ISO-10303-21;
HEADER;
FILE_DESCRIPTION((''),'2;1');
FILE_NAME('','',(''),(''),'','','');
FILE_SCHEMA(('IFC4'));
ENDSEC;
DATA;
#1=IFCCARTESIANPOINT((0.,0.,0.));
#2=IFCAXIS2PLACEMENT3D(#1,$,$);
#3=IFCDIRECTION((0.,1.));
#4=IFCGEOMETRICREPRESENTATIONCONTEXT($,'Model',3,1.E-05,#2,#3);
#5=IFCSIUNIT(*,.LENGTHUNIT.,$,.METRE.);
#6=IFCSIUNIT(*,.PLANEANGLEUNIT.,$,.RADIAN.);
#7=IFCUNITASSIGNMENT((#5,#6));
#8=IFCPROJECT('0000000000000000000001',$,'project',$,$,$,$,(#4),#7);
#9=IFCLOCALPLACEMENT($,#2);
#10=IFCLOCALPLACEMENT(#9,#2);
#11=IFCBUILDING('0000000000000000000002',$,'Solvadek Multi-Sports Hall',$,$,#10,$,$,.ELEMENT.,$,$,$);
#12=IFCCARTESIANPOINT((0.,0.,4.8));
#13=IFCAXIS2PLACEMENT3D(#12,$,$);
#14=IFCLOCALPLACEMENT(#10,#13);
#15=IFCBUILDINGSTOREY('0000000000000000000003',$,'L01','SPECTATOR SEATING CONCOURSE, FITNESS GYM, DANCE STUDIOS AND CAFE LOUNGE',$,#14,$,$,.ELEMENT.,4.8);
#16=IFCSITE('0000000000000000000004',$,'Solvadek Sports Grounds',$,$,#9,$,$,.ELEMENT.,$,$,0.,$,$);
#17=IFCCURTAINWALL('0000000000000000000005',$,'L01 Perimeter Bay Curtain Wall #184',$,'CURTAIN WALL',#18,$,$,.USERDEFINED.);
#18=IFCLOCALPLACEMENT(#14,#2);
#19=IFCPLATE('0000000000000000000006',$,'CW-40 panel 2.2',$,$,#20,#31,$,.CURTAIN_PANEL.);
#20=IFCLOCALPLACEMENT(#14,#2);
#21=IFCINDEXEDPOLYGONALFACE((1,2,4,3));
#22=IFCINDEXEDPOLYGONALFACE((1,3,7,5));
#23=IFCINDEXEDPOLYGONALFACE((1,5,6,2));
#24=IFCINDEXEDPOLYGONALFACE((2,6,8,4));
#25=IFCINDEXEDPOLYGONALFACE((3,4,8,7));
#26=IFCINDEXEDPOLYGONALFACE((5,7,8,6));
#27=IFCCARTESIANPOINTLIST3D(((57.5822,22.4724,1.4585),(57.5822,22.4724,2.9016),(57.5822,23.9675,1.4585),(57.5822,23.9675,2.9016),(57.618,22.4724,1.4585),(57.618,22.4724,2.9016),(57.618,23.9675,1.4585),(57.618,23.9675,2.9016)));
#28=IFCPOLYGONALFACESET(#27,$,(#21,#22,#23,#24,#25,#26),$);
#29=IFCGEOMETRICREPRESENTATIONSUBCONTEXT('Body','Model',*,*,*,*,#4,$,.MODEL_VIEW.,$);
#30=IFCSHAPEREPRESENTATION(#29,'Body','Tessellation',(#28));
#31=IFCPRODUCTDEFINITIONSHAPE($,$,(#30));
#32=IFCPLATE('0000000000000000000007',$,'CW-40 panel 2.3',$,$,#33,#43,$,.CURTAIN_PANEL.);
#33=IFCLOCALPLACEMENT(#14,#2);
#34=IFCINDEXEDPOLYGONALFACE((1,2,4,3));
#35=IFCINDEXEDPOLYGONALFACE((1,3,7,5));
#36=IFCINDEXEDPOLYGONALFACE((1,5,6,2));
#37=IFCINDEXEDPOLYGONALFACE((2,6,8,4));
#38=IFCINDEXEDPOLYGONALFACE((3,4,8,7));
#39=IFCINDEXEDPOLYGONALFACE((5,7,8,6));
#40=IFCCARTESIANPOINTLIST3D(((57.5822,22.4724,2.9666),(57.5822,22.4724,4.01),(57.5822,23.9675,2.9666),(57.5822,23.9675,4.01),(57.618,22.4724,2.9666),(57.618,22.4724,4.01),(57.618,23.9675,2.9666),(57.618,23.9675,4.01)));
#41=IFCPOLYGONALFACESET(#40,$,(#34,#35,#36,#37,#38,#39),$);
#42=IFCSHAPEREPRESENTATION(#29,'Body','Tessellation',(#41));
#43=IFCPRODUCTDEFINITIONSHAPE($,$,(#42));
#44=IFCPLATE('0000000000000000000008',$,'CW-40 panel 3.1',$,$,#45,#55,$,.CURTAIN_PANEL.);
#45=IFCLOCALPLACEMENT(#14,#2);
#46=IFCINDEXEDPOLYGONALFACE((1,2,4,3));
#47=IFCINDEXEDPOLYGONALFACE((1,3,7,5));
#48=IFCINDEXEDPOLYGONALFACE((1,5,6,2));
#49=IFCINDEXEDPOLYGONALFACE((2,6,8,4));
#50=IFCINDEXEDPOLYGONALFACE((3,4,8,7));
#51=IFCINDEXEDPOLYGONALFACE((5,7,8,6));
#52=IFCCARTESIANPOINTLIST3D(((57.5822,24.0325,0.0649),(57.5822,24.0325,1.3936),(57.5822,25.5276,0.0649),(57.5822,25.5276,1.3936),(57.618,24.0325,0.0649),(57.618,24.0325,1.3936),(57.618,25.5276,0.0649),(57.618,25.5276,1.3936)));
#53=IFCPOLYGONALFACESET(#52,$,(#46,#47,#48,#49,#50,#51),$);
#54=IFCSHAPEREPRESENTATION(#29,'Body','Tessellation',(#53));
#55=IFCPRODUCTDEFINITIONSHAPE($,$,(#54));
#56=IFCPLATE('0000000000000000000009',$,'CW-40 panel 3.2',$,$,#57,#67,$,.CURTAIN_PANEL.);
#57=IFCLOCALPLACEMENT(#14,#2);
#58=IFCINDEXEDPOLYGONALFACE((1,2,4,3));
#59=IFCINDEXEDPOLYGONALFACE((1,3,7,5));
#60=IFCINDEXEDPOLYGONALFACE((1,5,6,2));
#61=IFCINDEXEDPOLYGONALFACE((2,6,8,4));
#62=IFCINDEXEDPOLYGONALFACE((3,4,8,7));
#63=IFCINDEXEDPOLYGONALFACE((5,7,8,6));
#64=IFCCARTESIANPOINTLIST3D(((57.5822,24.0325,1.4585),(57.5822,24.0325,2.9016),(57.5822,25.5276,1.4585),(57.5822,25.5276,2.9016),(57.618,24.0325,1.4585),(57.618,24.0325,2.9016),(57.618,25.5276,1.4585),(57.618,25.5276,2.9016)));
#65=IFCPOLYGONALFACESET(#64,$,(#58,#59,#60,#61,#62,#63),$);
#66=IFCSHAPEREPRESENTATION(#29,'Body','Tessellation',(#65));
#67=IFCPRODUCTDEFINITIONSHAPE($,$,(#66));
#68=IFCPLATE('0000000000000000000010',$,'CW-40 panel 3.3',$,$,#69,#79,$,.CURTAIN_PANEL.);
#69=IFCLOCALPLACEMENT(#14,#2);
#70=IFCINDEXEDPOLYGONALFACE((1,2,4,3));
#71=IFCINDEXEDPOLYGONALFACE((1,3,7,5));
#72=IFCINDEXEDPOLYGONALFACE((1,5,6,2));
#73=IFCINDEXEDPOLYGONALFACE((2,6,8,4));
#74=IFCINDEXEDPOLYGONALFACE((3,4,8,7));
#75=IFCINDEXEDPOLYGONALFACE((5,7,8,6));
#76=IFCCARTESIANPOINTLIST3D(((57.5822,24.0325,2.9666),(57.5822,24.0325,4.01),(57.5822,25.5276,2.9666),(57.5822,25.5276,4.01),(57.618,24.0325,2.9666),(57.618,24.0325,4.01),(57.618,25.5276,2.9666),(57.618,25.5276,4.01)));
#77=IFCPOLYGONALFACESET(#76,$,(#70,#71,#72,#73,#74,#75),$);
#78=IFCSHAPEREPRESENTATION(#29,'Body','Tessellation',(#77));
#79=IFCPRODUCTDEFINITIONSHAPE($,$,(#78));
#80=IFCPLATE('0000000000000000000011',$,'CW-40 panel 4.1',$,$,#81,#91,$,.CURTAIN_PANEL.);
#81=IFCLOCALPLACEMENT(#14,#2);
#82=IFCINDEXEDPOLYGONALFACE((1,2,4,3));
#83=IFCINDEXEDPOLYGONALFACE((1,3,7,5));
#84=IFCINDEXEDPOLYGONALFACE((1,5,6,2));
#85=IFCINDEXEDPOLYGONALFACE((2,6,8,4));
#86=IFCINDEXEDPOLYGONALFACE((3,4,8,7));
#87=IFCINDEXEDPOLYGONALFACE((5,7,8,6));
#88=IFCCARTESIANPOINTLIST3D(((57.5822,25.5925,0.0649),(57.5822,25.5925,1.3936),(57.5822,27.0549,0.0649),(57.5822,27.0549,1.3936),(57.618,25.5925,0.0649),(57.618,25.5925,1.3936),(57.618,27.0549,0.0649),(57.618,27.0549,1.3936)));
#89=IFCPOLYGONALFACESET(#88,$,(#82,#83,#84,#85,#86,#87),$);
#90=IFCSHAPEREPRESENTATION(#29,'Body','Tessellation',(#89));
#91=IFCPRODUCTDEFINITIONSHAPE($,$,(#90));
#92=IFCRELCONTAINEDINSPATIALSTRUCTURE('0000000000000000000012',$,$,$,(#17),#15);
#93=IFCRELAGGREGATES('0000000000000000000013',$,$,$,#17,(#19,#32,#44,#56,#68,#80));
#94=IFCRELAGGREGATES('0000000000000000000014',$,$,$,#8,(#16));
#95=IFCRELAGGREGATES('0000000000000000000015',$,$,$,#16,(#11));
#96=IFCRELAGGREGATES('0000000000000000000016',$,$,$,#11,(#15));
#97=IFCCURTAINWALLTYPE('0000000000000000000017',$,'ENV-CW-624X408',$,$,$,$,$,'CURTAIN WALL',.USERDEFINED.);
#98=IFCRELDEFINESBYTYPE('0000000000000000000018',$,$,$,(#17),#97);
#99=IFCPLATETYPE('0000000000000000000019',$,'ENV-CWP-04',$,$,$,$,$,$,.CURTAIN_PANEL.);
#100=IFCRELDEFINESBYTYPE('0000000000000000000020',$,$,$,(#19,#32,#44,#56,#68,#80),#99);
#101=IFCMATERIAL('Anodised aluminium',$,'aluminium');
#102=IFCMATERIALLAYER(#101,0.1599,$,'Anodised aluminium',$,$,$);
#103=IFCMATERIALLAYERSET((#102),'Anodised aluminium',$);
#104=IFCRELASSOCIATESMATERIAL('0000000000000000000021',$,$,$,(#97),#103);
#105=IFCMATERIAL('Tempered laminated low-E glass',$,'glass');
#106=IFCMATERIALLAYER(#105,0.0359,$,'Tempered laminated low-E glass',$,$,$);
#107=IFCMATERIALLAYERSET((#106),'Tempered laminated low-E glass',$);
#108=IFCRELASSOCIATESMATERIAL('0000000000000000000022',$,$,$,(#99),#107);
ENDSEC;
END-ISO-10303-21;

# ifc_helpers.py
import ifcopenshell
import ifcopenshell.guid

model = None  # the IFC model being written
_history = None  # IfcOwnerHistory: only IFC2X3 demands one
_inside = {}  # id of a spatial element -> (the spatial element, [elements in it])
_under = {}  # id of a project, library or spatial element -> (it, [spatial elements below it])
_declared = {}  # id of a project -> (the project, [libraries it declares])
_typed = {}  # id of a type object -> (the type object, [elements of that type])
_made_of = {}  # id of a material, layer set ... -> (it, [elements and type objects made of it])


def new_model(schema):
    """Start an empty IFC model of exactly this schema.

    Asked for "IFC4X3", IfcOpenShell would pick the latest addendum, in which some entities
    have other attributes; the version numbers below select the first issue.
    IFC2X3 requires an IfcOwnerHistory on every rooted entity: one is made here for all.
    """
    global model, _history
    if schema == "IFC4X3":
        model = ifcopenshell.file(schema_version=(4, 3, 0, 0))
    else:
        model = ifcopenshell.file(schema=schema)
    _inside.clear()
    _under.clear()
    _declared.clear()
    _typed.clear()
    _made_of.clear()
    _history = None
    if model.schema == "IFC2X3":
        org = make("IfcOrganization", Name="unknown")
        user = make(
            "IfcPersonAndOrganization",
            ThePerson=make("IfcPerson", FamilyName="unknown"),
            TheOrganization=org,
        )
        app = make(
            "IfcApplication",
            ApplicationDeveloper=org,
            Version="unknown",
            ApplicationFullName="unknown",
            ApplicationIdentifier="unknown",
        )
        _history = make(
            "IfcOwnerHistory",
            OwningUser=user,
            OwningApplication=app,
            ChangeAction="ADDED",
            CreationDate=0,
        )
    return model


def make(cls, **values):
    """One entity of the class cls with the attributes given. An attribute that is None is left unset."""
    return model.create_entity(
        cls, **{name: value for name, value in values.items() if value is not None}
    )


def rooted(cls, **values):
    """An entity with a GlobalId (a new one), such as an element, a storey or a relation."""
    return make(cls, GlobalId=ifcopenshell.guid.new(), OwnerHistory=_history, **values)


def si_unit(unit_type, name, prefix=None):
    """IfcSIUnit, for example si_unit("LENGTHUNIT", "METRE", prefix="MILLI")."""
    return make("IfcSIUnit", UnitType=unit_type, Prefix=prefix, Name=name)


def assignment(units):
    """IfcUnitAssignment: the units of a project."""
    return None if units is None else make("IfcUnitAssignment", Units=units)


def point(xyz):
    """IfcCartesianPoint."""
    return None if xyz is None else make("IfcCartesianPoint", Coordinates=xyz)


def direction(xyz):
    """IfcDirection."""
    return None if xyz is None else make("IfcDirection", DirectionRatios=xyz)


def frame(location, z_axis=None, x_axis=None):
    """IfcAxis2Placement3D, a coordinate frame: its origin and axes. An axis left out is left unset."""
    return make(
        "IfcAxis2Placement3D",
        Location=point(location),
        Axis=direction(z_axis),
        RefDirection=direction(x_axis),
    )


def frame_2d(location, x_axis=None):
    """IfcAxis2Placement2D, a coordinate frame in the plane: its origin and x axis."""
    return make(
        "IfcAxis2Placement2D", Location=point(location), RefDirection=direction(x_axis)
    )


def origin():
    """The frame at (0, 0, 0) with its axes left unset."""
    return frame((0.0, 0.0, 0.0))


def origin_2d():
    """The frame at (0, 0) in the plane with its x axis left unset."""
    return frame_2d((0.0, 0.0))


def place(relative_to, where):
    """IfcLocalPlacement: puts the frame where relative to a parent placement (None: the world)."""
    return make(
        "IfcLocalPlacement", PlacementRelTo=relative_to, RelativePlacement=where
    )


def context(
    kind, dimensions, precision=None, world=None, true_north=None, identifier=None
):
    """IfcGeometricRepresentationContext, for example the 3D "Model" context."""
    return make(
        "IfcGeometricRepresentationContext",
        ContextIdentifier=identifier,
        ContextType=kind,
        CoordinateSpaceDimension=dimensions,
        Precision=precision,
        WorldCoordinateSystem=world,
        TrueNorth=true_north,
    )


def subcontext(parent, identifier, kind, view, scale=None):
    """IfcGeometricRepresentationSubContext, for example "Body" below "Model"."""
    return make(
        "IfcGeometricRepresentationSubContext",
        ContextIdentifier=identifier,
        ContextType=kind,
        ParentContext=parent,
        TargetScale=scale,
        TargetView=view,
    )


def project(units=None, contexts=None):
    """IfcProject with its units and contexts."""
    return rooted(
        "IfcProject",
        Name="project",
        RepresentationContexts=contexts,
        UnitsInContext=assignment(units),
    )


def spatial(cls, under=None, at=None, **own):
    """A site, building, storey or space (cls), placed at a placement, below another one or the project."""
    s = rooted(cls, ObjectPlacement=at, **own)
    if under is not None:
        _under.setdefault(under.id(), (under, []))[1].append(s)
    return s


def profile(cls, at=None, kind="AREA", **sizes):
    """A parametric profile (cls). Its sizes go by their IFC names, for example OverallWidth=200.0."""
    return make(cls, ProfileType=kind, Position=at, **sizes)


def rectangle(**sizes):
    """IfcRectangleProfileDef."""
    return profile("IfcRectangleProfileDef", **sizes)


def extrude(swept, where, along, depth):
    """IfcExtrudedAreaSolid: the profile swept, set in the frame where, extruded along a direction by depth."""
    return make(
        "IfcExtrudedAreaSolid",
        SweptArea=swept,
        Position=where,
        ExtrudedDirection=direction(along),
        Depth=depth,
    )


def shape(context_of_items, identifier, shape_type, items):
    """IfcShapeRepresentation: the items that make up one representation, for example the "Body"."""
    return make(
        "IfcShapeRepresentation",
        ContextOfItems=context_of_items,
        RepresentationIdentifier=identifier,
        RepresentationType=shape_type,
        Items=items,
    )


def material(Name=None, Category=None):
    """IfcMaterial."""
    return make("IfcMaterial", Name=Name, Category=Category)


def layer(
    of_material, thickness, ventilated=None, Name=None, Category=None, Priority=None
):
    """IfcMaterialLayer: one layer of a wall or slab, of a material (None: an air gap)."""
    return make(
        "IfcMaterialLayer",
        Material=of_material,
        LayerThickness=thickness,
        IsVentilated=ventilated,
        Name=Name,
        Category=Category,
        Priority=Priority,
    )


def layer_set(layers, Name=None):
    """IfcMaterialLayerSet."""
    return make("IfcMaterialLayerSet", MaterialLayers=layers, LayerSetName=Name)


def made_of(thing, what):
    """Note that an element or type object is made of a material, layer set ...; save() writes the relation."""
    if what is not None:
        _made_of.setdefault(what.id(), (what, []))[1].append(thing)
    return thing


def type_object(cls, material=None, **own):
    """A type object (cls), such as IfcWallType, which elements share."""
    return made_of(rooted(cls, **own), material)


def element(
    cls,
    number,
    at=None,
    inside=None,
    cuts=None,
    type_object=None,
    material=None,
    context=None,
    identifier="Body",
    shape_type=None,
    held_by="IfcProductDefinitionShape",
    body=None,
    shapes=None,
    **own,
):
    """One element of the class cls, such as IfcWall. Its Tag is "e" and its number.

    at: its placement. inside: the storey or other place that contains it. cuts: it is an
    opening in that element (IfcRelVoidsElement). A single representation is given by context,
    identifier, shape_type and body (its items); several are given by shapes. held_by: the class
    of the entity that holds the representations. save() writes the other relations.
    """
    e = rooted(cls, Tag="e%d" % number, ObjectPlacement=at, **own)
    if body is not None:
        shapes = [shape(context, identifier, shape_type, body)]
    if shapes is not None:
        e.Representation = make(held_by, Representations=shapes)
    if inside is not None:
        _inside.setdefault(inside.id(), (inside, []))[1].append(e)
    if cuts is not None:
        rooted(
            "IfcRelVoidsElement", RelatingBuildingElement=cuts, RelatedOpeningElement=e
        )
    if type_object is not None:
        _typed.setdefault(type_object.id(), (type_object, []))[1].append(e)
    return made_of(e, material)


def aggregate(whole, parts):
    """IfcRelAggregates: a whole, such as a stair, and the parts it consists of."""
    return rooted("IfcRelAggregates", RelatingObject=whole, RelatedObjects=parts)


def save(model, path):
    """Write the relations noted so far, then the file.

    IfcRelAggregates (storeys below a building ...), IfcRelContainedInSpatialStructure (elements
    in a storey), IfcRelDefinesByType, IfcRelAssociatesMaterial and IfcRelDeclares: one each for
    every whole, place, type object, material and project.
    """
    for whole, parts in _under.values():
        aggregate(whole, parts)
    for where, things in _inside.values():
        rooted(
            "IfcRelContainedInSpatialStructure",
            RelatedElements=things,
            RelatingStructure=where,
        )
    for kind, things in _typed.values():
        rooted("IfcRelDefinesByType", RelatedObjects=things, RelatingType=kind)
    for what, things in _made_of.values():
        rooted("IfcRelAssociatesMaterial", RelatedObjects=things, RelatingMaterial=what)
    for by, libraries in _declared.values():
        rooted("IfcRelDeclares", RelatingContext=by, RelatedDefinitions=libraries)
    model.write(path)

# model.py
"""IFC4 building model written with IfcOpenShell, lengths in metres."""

from ifc_helpers import new_model, si_unit, direction, frame, origin, origin_2d, place, context, subcontext, project, spatial, rectangle, extrude, material, layer, layer_set, type_object, element, aggregate, save


model = new_model("IFC4")

# Units and contexts
model_context = context("Model", 3, precision=1e-05, world=origin(), true_north=direction((0.0, 1.0)))
body_context = subcontext(model_context, "Body", "Model", "MODEL_VIEW")
ifc_project = project(units=[si_unit("LENGTHUNIT", "METRE"), si_unit("PLANEANGLEUNIT", "RADIAN")], contexts=[model_context])

# Site, building, storey
site_placement = place(None, origin())
site = spatial("IfcSite", under=ifc_project, at=site_placement, Name="Solvadek Sports Grounds", CompositionType="ELEMENT", RefElevation=0.0)
building_placement = place(site_placement, origin())
building = spatial("IfcBuilding", under=site, at=building_placement, Name="Solvadek Multi-Sports Hall", CompositionType="ELEMENT")
storey_placement = place(building_placement, frame((0.0, 0.0, 4.8)))
storey = spatial("IfcBuildingStorey", under=building, at=storey_placement, Name="L01", Description="SPECTATOR SEATING CONCOURSE, FITNESS GYM, DANCE STUDIOS AND CAFE LOUNGE", CompositionType="ELEMENT", Elevation=4.8)

# Curtain wall, plates
ifc_material_1 = material(Name="Anodised aluminium", Category="aluminium")
ifc_layer_1 = layer(ifc_material_1, 0.1599, Name="Anodised aluminium")
ifc_layer_set_1 = layer_set([ifc_layer_1], Name="Anodised aluminium")
curtain_wall_type = type_object("IfcCurtainWallType", Name="ENV-CW-624X408", ElementType="CURTAIN WALL", PredefinedType="USERDEFINED", material=ifc_layer_set_1)
curtain_wall_placement = place(storey_placement, origin())
curtain_wall = element("IfcCurtainWall", 1, at=curtain_wall_placement, inside=storey, type_object=curtain_wall_type, Name="L01 Perimeter Bay Curtain Wall #184", ObjectType="CURTAIN WALL", PredefinedType="USERDEFINED")
ifc_material_2 = material(Name="Tempered laminated low-E glass", Category="glass")
ifc_layer_2 = layer(ifc_material_2, 0.0359, Name="Tempered laminated low-E glass")
ifc_layer_set_2 = layer_set([ifc_layer_2], Name="Tempered laminated low-E glass")
plate_type = type_object("IfcPlateType", Name="ENV-CWP-04", PredefinedType="CURTAIN_PANEL", material=ifc_layer_set_2)
plate_1_placement = place(storey_placement, frame((57.6001, 23.22, 1.4585), z_axis=(0.0, 0.0, 1.0), x_axis=(0.0, 1.0, 0.0)))
plate_1 = element("IfcPlate", 2, at=plate_1_placement, type_object=plate_type, Name="CW-40 panel 2.2", PredefinedType="CURTAIN_PANEL", context=body_context, shape_type="SweptSolid", body=[
    extrude(rectangle(XDim=1.4951, YDim=0.0359, at=origin_2d()), origin(), (0.0, 0.0, 1.0), 1.4431),
])
plate_2_placement = place(storey_placement, frame((57.6001, 23.22, 2.9666), z_axis=(0.0, 0.0, 1.0), x_axis=(0.0, 1.0, 0.0)))
plate_2 = element("IfcPlate", 3, at=plate_2_placement, type_object=plate_type, Name="CW-40 panel 2.3", PredefinedType="CURTAIN_PANEL", context=body_context, shape_type="SweptSolid", body=[
    extrude(rectangle(XDim=1.4951, YDim=0.0359, at=origin_2d()), origin(), (0.0, 0.0, 1.0), 1.0435),
])
plate_3_placement = place(storey_placement, frame((57.6001, 24.78, 0.0649), z_axis=(0.0, 0.0, 1.0), x_axis=(0.0, 1.0, 0.0)))
plate_3 = element("IfcPlate", 4, at=plate_3_placement, type_object=plate_type, Name="CW-40 panel 3.1", PredefinedType="CURTAIN_PANEL", context=body_context, shape_type="SweptSolid", body=[
    extrude(rectangle(XDim=1.4951, YDim=0.0359, at=origin_2d()), origin(), (0.0, 0.0, 1.0), 1.3286),
])
plate_4_placement = place(storey_placement, frame((57.6001, 24.78, 1.4585), z_axis=(0.0, 0.0, 1.0), x_axis=(0.0, 1.0, 0.0)))
plate_4 = element("IfcPlate", 5, at=plate_4_placement, type_object=plate_type, Name="CW-40 panel 3.2", PredefinedType="CURTAIN_PANEL", context=body_context, shape_type="SweptSolid", body=[
    extrude(rectangle(XDim=1.4951, YDim=0.0359, at=origin_2d()), origin(), (0.0, 0.0, 1.0), 1.4431),
])
plate_5_placement = place(storey_placement, frame((57.6001, 24.78, 2.9666), z_axis=(0.0, 0.0, 1.0), x_axis=(0.0, 1.0, 0.0)))
plate_5 = element("IfcPlate", 6, at=plate_5_placement, type_object=plate_type, Name="CW-40 panel 3.3", PredefinedType="CURTAIN_PANEL", context=body_context, shape_type="SweptSolid", body=[
    extrude(rectangle(XDim=1.4951, YDim=0.0359, at=origin_2d()), origin(), (0.0, 0.0, 1.0), 1.0435),
])
plate_6_placement = place(storey_placement, frame((57.6001, 26.3237, 0.0649), z_axis=(0.0, 0.0, 1.0), x_axis=(0.0, 1.0, 0.0)))
plate_6 = element("IfcPlate", 7, at=plate_6_placement, type_object=plate_type, Name="CW-40 panel 4.1", PredefinedType="CURTAIN_PANEL", context=body_context, shape_type="SweptSolid", body=[
    extrude(rectangle(XDim=1.4624, YDim=0.0359, at=origin_2d()), origin(), (0.0, 0.0, 1.0), 1.3286),
])
aggregate(curtain_wall, [plate_1, plate_2, plate_3, plate_4, plate_5, plate_6])

save(model, "model.ifc")
